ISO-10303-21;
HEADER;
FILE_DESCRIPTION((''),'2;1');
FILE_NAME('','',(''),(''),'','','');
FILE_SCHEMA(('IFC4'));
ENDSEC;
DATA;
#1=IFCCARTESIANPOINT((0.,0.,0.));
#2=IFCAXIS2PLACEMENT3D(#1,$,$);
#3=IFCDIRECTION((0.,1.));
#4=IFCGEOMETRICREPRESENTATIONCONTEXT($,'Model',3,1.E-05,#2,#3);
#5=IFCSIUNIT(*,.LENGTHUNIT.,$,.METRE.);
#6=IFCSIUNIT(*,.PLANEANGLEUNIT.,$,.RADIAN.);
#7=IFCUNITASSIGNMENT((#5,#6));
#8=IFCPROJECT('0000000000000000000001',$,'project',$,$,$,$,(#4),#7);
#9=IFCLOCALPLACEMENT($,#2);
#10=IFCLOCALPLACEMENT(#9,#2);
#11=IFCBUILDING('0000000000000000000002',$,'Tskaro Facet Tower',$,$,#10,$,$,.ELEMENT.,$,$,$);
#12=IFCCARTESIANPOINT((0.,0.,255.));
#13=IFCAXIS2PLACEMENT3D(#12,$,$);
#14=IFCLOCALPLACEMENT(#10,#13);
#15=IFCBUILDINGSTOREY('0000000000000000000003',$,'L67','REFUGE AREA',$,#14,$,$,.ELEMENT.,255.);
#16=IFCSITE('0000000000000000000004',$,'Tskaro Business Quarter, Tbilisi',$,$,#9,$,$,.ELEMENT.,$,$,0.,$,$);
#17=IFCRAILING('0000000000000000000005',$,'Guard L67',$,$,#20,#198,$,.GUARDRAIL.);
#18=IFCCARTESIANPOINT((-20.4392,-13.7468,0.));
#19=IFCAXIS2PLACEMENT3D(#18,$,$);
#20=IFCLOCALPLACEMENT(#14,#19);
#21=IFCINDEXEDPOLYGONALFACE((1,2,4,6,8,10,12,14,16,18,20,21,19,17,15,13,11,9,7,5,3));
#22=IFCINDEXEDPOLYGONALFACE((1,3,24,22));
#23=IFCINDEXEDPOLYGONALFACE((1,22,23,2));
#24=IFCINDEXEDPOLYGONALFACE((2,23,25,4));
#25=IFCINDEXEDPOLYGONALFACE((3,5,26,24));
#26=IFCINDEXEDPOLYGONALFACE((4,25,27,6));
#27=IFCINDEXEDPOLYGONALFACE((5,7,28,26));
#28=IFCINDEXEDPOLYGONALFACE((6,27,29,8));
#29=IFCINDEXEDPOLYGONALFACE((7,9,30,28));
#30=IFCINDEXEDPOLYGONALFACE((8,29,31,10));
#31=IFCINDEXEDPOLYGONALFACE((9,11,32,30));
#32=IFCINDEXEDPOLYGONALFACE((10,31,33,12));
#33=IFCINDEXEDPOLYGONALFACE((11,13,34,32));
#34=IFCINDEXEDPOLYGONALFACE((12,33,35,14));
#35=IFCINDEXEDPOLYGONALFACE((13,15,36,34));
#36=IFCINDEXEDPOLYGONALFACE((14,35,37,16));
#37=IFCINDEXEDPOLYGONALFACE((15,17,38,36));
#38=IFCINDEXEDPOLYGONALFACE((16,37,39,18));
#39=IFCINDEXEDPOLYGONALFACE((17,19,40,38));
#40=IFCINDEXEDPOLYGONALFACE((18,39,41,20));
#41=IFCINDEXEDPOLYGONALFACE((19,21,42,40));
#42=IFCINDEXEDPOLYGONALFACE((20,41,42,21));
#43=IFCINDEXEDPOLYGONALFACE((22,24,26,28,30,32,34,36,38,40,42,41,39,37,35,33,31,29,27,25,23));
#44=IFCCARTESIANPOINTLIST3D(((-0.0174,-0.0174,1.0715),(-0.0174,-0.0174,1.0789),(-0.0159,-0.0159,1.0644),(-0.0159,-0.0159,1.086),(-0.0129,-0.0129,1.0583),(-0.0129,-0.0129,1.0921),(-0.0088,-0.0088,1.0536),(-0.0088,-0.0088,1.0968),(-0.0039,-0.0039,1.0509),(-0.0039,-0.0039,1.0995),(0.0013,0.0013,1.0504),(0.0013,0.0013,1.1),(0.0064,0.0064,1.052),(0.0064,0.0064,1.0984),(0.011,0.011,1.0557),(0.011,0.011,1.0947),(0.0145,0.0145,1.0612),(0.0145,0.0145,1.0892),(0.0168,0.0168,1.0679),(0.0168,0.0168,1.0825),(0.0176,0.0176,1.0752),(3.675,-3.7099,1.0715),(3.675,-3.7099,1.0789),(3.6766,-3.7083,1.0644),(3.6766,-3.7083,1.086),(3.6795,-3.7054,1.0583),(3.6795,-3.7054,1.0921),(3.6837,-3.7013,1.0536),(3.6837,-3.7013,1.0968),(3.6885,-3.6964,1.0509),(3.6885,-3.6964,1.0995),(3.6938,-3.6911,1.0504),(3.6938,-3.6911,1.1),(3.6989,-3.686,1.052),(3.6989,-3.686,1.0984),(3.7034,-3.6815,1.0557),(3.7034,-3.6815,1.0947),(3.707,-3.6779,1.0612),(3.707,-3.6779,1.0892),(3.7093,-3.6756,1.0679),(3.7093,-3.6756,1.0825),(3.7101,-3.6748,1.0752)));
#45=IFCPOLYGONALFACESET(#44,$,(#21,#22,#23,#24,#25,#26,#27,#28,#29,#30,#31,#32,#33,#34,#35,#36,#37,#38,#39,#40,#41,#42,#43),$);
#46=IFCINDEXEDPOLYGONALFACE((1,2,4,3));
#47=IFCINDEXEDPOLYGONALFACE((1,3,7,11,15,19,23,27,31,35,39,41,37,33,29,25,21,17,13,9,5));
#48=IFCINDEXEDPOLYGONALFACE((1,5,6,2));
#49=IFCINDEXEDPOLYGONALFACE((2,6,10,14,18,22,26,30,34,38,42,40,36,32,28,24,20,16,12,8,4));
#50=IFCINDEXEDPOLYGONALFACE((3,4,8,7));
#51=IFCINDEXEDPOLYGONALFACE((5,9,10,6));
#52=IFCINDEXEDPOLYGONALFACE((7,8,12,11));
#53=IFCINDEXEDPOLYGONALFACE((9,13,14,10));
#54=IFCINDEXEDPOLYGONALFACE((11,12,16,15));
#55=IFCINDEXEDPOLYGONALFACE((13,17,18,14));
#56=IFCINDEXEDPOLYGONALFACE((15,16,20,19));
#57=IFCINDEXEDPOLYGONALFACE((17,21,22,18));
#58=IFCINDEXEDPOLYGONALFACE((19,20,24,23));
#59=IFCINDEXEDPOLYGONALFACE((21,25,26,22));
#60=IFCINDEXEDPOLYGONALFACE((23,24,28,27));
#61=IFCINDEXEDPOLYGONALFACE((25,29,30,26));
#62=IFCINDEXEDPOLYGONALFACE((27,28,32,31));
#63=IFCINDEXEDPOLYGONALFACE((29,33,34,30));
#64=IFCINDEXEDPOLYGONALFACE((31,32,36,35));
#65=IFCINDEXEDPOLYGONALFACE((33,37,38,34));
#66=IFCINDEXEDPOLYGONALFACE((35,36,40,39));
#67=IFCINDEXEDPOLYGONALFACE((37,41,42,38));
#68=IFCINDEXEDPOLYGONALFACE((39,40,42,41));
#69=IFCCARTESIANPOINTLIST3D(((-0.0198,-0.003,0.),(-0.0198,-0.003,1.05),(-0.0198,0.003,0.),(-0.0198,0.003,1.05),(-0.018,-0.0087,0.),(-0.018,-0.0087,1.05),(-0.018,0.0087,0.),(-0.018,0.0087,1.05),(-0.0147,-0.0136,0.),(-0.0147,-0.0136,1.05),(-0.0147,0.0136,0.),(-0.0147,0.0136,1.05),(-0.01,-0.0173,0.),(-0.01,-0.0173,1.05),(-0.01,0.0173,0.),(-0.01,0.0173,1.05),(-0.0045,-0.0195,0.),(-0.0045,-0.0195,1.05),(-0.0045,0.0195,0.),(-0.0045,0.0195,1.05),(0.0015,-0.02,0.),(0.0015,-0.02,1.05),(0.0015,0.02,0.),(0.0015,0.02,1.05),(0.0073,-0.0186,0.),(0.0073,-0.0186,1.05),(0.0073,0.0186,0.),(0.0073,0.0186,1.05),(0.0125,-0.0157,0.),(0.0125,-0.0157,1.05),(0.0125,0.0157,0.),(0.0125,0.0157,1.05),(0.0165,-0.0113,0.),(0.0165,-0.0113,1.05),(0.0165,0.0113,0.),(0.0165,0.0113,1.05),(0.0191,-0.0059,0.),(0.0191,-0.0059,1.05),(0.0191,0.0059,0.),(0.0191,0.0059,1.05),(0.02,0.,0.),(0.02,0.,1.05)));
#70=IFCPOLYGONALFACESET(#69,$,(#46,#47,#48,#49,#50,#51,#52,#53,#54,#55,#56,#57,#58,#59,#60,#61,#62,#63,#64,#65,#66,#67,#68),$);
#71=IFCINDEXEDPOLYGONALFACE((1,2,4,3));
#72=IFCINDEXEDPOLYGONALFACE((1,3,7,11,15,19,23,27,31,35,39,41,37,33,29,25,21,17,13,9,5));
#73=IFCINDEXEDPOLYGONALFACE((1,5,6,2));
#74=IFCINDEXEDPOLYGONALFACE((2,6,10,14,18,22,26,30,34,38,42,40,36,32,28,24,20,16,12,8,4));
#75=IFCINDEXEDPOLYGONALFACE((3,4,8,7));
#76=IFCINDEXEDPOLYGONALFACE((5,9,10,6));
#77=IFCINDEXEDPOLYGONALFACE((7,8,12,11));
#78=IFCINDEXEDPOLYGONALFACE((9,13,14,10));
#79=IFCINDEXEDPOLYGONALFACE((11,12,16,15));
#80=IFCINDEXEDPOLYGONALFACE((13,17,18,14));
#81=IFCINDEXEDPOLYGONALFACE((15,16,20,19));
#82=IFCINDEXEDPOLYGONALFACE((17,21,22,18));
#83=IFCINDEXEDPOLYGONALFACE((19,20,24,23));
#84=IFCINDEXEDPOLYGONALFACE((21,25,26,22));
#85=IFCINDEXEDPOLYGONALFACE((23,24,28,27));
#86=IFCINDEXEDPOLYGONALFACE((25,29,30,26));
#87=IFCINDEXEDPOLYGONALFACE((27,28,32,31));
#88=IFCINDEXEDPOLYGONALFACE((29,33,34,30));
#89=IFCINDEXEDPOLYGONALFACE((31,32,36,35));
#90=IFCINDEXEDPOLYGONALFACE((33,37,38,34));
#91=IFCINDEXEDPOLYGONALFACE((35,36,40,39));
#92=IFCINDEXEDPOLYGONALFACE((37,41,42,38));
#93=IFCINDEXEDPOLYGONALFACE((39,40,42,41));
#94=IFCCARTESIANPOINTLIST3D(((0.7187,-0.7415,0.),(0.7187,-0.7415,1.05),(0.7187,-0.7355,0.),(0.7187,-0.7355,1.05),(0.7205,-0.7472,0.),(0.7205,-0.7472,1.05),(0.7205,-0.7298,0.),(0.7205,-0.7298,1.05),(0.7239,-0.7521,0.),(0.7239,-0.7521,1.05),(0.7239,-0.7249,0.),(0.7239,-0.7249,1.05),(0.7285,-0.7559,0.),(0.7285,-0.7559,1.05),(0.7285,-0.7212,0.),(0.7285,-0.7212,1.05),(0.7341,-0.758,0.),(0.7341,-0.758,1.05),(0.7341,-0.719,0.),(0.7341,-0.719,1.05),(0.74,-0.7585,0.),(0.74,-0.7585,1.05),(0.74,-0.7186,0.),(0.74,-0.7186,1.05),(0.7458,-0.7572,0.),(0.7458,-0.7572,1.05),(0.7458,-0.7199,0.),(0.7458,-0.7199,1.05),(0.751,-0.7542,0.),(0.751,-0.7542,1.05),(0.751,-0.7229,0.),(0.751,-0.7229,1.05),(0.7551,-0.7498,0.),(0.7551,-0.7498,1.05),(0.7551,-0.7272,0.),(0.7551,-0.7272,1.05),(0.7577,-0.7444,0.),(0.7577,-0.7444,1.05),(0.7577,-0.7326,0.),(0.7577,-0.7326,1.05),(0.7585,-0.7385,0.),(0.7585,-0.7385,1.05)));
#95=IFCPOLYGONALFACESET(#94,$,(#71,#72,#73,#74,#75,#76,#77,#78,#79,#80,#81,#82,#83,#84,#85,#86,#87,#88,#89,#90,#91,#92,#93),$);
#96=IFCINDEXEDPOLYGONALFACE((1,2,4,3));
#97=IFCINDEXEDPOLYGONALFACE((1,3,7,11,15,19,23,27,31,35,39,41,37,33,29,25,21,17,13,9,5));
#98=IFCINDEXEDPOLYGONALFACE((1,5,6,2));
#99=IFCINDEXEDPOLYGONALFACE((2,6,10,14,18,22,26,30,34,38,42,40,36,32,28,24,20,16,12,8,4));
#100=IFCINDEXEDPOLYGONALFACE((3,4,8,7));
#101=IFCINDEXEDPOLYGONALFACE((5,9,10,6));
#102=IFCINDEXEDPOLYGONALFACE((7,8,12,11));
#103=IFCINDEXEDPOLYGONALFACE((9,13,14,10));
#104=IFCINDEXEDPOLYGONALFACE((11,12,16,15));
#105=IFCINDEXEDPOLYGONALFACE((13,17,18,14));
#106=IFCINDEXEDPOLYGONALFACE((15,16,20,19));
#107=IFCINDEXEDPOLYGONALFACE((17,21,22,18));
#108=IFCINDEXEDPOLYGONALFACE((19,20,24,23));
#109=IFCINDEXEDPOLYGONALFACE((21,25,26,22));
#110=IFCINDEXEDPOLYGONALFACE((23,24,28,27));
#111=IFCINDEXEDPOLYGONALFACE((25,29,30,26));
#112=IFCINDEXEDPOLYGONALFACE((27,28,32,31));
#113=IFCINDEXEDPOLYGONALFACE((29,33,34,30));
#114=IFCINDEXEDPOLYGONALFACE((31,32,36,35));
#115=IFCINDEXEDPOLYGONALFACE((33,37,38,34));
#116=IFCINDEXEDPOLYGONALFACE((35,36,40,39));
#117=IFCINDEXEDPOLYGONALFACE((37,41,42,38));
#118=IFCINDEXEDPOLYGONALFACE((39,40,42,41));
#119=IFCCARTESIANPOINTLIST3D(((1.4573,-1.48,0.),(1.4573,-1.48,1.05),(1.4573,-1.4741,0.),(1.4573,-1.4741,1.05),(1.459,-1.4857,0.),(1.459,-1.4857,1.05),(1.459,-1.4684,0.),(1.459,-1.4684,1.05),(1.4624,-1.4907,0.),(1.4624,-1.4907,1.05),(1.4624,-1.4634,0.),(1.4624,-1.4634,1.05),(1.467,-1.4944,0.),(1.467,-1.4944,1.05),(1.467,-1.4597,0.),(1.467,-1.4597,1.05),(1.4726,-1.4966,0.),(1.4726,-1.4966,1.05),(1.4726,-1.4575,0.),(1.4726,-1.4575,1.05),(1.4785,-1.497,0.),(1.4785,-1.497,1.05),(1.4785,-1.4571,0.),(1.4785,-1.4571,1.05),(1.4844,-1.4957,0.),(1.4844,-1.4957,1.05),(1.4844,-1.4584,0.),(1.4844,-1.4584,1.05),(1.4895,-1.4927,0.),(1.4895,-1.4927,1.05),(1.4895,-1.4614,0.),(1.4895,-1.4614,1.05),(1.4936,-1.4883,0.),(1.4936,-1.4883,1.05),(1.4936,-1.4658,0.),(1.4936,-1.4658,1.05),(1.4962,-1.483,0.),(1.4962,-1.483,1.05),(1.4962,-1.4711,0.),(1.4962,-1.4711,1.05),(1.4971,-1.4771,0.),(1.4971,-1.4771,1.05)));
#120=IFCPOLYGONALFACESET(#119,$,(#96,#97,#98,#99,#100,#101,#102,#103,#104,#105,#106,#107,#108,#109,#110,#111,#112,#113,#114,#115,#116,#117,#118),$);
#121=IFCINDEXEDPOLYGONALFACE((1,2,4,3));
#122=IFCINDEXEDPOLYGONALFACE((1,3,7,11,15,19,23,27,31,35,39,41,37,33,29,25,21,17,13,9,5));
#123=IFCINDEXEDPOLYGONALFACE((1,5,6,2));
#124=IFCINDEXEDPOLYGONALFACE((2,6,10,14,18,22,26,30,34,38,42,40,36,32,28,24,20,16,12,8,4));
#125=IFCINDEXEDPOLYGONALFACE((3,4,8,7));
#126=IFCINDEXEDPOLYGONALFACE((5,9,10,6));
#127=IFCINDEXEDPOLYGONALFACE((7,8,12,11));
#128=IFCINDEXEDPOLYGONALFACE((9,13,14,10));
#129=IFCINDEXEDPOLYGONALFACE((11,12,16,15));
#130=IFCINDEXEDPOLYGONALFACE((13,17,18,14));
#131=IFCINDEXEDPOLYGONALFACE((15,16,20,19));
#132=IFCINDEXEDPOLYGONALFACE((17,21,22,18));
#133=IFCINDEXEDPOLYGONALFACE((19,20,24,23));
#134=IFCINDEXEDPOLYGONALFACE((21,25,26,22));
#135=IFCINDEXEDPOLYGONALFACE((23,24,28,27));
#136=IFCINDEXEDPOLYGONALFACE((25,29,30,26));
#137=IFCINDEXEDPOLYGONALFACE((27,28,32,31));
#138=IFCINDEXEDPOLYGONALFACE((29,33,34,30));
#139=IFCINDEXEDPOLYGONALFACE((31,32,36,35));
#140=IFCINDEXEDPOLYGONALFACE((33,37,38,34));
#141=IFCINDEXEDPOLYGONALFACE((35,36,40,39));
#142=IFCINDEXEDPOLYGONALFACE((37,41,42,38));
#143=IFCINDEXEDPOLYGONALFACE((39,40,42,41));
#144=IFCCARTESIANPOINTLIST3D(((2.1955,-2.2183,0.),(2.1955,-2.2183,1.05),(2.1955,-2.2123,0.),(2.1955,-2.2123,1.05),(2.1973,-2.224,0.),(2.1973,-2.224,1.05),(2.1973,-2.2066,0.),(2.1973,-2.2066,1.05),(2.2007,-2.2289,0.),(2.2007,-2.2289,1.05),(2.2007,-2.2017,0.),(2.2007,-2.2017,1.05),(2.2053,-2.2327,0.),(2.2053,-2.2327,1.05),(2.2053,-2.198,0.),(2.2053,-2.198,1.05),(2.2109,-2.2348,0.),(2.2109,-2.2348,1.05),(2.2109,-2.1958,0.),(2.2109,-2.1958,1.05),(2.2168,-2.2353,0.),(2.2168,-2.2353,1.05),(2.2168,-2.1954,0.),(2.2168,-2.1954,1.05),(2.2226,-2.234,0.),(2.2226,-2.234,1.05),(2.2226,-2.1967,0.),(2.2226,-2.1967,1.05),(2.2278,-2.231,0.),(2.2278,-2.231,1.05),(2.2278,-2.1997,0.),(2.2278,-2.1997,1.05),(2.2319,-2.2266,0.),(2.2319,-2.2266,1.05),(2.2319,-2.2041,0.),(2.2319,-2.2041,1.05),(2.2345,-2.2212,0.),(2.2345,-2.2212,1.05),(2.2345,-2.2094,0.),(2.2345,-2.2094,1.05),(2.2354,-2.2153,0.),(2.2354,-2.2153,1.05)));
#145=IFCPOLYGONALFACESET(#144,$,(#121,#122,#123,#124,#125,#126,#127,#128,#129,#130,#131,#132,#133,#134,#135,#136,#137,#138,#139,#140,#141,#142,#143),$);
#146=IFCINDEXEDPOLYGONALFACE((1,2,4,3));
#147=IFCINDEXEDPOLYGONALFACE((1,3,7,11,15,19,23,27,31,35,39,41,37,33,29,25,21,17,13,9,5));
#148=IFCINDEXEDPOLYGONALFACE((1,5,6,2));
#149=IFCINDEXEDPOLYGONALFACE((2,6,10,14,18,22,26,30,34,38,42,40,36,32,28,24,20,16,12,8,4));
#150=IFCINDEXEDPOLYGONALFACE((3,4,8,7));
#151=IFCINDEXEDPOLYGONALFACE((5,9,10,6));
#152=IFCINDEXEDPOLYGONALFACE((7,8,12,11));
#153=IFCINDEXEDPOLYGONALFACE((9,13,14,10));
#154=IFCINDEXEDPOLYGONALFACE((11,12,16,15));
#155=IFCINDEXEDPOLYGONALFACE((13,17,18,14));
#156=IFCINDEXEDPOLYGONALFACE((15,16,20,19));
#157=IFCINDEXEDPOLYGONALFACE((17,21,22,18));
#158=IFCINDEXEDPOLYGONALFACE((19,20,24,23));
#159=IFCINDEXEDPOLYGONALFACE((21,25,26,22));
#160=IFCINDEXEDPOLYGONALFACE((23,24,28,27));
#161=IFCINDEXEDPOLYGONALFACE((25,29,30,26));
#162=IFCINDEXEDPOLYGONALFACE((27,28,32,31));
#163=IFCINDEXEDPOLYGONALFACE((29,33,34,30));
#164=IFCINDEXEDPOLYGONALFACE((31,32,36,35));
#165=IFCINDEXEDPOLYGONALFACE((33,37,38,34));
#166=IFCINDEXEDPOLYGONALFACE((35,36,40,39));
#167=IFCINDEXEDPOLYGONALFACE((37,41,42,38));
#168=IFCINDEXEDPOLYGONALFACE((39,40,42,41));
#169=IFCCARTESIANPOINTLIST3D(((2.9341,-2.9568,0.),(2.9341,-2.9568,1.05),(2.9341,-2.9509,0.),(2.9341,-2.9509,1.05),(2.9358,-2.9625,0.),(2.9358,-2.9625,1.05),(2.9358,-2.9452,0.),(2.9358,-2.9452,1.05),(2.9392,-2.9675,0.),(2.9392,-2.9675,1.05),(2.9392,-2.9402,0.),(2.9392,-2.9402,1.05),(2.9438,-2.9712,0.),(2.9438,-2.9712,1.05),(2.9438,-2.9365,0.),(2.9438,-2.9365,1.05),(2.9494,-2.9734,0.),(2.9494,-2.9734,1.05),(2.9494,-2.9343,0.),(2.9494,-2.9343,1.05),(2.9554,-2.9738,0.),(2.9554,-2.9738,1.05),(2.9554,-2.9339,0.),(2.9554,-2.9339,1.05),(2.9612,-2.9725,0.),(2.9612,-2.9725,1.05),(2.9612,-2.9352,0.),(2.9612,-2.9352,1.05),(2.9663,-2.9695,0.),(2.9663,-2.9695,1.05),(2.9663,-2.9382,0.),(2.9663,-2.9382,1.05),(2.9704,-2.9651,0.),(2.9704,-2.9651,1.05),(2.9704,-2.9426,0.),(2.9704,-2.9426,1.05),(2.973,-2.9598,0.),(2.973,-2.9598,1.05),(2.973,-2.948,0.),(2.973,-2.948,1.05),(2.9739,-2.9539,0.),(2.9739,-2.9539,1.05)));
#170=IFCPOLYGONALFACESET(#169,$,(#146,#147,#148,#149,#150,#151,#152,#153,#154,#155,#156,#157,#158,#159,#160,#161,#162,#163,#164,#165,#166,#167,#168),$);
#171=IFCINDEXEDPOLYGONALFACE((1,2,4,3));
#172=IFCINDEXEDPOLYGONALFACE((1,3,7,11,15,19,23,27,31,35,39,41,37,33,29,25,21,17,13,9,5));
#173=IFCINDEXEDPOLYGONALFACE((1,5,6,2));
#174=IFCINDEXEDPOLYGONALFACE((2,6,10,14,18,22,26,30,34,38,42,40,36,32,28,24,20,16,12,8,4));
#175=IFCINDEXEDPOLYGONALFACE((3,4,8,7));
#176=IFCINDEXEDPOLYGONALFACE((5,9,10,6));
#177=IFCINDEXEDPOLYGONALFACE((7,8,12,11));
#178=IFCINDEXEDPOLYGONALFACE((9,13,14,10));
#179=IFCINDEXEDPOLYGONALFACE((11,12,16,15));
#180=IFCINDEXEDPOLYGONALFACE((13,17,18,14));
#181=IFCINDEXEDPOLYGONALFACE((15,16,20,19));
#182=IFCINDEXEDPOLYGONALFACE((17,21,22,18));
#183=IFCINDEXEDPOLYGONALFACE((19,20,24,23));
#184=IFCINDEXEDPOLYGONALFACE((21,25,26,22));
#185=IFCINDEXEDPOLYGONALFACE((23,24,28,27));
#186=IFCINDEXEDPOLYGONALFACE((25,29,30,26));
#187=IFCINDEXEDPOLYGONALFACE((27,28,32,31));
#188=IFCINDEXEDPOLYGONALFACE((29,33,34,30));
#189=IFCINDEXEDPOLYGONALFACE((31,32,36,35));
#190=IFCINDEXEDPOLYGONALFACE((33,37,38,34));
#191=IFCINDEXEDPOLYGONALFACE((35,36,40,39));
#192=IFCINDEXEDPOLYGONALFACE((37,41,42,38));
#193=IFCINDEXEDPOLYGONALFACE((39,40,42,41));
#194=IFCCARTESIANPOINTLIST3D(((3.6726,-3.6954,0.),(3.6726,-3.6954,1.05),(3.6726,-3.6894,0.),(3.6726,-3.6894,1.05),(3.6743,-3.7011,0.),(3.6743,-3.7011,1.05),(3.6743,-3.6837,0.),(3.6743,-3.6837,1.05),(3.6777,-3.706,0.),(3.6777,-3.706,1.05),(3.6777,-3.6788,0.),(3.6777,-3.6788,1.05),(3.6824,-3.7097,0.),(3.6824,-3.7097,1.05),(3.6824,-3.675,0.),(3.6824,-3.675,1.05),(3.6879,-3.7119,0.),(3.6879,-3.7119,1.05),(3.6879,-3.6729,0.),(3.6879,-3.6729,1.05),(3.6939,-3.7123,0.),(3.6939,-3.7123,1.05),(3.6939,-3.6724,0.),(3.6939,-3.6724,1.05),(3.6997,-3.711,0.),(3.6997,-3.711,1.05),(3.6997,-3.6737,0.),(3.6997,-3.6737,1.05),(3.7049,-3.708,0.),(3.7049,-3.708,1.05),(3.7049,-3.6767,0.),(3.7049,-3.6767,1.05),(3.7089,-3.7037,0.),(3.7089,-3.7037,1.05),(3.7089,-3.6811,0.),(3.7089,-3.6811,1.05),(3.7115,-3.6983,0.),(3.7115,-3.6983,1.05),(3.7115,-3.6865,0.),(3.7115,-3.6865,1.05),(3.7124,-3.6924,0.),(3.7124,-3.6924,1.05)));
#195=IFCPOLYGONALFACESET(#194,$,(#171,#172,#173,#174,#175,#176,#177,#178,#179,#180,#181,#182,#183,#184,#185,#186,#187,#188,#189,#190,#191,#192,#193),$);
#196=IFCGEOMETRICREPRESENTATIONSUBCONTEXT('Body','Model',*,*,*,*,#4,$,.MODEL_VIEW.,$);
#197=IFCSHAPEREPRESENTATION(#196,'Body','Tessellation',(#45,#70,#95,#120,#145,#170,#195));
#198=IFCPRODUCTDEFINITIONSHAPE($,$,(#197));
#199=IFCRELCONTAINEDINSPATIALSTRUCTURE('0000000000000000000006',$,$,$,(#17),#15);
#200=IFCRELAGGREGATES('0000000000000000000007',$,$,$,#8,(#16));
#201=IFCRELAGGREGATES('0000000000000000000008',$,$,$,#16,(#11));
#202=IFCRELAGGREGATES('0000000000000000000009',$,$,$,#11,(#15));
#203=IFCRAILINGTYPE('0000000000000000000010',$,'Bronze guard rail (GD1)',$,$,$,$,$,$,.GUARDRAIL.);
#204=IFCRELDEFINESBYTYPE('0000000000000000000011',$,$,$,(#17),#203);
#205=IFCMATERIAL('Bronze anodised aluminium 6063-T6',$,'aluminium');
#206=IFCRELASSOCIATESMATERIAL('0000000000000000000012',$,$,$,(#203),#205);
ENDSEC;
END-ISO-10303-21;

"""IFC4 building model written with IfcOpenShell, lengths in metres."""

from ifc_helpers import new_model, si_unit, direction, frame, origin, origin_2d, place, context, subcontext, project, spatial, circle, extrude, material, type_object, element, save


model = new_model("IFC4")

# Units and contexts
model_context = context("Model", 3, precision=1e-05, world=origin(), true_north=direction((0.0, 1.0)))
body_context = subcontext(model_context, "Body", "Model", "MODEL_VIEW")
ifc_project = project(units=[si_unit("LENGTHUNIT", "METRE"), si_unit("PLANEANGLEUNIT", "RADIAN")], contexts=[model_context])

# Site, building, storey
site_placement = place(None, origin())
site = spatial("IfcSite", under=ifc_project, at=site_placement, Name="Tskaro Business Quarter, Tbilisi", CompositionType="ELEMENT", RefElevation=0.0)
building_placement = place(site_placement, origin())
building = spatial("IfcBuilding", under=site, at=building_placement, Name="Tskaro Facet Tower", CompositionType="ELEMENT")
storey_placement = place(building_placement, frame((0.0, 0.0, 255.0)))
storey = spatial("IfcBuildingStorey", under=building, at=storey_placement, Name="L67", Description="REFUGE AREA", CompositionType="ELEMENT", Elevation=255.0)

# Railing
ifc_material_1 = material(Name="Bronze anodised aluminium 6063-T6", Category="aluminium")
railing_type = type_object("IfcRailingType", Name="Bronze guard rail (GD1)", PredefinedType="GUARDRAIL", material=ifc_material_1)
railing_1_placement = place(storey_placement, frame((-20.4392, -13.7468, 0.0)))
element("IfcRailing", 1, at=railing_1_placement, inside=storey, type_object=railing_type, Name="Guard L67", PredefinedType="GUARDRAIL", context=body_context, shape_type="SweptSolid", body=[
    extrude(circle(Radius=0.0249, at=origin_2d()), frame((0.0, 0.0, 1.0752), z_axis=(0.707107, -0.707107, 0.0), x_axis=(0.707107, 0.707107, 0.0)), (0.0, 0.0, 1.0), 5.2219),
    extrude(circle(Radius=0.02, at=origin_2d()), origin(), (0.0, 0.0, 1.0), 1.05),
    extrude(circle(Radius=0.02, at=origin_2d()), frame((0.7385, -0.7385, 0.0)), (0.0, 0.0, 1.0), 1.05),
    extrude(circle(Radius=0.02, at=origin_2d()), frame((1.4771, -1.4771, 0.0)), (0.0, 0.0, 1.0), 1.05),
    extrude(circle(Radius=0.02, at=origin_2d()), frame((2.2153, -2.2153, 0.0)), (0.0, 0.0, 1.0), 1.05),
    extrude(circle(Radius=0.02, at=origin_2d()), frame((2.9539, -2.9539, 0.0)), (0.0, 0.0, 1.0), 1.05),
    extrude(circle(Radius=0.02, at=origin_2d()), frame((3.6924, -3.6924, 0.0)), (0.0, 0.0, 1.0), 1.05),
])

save(model, "model.ifc")
